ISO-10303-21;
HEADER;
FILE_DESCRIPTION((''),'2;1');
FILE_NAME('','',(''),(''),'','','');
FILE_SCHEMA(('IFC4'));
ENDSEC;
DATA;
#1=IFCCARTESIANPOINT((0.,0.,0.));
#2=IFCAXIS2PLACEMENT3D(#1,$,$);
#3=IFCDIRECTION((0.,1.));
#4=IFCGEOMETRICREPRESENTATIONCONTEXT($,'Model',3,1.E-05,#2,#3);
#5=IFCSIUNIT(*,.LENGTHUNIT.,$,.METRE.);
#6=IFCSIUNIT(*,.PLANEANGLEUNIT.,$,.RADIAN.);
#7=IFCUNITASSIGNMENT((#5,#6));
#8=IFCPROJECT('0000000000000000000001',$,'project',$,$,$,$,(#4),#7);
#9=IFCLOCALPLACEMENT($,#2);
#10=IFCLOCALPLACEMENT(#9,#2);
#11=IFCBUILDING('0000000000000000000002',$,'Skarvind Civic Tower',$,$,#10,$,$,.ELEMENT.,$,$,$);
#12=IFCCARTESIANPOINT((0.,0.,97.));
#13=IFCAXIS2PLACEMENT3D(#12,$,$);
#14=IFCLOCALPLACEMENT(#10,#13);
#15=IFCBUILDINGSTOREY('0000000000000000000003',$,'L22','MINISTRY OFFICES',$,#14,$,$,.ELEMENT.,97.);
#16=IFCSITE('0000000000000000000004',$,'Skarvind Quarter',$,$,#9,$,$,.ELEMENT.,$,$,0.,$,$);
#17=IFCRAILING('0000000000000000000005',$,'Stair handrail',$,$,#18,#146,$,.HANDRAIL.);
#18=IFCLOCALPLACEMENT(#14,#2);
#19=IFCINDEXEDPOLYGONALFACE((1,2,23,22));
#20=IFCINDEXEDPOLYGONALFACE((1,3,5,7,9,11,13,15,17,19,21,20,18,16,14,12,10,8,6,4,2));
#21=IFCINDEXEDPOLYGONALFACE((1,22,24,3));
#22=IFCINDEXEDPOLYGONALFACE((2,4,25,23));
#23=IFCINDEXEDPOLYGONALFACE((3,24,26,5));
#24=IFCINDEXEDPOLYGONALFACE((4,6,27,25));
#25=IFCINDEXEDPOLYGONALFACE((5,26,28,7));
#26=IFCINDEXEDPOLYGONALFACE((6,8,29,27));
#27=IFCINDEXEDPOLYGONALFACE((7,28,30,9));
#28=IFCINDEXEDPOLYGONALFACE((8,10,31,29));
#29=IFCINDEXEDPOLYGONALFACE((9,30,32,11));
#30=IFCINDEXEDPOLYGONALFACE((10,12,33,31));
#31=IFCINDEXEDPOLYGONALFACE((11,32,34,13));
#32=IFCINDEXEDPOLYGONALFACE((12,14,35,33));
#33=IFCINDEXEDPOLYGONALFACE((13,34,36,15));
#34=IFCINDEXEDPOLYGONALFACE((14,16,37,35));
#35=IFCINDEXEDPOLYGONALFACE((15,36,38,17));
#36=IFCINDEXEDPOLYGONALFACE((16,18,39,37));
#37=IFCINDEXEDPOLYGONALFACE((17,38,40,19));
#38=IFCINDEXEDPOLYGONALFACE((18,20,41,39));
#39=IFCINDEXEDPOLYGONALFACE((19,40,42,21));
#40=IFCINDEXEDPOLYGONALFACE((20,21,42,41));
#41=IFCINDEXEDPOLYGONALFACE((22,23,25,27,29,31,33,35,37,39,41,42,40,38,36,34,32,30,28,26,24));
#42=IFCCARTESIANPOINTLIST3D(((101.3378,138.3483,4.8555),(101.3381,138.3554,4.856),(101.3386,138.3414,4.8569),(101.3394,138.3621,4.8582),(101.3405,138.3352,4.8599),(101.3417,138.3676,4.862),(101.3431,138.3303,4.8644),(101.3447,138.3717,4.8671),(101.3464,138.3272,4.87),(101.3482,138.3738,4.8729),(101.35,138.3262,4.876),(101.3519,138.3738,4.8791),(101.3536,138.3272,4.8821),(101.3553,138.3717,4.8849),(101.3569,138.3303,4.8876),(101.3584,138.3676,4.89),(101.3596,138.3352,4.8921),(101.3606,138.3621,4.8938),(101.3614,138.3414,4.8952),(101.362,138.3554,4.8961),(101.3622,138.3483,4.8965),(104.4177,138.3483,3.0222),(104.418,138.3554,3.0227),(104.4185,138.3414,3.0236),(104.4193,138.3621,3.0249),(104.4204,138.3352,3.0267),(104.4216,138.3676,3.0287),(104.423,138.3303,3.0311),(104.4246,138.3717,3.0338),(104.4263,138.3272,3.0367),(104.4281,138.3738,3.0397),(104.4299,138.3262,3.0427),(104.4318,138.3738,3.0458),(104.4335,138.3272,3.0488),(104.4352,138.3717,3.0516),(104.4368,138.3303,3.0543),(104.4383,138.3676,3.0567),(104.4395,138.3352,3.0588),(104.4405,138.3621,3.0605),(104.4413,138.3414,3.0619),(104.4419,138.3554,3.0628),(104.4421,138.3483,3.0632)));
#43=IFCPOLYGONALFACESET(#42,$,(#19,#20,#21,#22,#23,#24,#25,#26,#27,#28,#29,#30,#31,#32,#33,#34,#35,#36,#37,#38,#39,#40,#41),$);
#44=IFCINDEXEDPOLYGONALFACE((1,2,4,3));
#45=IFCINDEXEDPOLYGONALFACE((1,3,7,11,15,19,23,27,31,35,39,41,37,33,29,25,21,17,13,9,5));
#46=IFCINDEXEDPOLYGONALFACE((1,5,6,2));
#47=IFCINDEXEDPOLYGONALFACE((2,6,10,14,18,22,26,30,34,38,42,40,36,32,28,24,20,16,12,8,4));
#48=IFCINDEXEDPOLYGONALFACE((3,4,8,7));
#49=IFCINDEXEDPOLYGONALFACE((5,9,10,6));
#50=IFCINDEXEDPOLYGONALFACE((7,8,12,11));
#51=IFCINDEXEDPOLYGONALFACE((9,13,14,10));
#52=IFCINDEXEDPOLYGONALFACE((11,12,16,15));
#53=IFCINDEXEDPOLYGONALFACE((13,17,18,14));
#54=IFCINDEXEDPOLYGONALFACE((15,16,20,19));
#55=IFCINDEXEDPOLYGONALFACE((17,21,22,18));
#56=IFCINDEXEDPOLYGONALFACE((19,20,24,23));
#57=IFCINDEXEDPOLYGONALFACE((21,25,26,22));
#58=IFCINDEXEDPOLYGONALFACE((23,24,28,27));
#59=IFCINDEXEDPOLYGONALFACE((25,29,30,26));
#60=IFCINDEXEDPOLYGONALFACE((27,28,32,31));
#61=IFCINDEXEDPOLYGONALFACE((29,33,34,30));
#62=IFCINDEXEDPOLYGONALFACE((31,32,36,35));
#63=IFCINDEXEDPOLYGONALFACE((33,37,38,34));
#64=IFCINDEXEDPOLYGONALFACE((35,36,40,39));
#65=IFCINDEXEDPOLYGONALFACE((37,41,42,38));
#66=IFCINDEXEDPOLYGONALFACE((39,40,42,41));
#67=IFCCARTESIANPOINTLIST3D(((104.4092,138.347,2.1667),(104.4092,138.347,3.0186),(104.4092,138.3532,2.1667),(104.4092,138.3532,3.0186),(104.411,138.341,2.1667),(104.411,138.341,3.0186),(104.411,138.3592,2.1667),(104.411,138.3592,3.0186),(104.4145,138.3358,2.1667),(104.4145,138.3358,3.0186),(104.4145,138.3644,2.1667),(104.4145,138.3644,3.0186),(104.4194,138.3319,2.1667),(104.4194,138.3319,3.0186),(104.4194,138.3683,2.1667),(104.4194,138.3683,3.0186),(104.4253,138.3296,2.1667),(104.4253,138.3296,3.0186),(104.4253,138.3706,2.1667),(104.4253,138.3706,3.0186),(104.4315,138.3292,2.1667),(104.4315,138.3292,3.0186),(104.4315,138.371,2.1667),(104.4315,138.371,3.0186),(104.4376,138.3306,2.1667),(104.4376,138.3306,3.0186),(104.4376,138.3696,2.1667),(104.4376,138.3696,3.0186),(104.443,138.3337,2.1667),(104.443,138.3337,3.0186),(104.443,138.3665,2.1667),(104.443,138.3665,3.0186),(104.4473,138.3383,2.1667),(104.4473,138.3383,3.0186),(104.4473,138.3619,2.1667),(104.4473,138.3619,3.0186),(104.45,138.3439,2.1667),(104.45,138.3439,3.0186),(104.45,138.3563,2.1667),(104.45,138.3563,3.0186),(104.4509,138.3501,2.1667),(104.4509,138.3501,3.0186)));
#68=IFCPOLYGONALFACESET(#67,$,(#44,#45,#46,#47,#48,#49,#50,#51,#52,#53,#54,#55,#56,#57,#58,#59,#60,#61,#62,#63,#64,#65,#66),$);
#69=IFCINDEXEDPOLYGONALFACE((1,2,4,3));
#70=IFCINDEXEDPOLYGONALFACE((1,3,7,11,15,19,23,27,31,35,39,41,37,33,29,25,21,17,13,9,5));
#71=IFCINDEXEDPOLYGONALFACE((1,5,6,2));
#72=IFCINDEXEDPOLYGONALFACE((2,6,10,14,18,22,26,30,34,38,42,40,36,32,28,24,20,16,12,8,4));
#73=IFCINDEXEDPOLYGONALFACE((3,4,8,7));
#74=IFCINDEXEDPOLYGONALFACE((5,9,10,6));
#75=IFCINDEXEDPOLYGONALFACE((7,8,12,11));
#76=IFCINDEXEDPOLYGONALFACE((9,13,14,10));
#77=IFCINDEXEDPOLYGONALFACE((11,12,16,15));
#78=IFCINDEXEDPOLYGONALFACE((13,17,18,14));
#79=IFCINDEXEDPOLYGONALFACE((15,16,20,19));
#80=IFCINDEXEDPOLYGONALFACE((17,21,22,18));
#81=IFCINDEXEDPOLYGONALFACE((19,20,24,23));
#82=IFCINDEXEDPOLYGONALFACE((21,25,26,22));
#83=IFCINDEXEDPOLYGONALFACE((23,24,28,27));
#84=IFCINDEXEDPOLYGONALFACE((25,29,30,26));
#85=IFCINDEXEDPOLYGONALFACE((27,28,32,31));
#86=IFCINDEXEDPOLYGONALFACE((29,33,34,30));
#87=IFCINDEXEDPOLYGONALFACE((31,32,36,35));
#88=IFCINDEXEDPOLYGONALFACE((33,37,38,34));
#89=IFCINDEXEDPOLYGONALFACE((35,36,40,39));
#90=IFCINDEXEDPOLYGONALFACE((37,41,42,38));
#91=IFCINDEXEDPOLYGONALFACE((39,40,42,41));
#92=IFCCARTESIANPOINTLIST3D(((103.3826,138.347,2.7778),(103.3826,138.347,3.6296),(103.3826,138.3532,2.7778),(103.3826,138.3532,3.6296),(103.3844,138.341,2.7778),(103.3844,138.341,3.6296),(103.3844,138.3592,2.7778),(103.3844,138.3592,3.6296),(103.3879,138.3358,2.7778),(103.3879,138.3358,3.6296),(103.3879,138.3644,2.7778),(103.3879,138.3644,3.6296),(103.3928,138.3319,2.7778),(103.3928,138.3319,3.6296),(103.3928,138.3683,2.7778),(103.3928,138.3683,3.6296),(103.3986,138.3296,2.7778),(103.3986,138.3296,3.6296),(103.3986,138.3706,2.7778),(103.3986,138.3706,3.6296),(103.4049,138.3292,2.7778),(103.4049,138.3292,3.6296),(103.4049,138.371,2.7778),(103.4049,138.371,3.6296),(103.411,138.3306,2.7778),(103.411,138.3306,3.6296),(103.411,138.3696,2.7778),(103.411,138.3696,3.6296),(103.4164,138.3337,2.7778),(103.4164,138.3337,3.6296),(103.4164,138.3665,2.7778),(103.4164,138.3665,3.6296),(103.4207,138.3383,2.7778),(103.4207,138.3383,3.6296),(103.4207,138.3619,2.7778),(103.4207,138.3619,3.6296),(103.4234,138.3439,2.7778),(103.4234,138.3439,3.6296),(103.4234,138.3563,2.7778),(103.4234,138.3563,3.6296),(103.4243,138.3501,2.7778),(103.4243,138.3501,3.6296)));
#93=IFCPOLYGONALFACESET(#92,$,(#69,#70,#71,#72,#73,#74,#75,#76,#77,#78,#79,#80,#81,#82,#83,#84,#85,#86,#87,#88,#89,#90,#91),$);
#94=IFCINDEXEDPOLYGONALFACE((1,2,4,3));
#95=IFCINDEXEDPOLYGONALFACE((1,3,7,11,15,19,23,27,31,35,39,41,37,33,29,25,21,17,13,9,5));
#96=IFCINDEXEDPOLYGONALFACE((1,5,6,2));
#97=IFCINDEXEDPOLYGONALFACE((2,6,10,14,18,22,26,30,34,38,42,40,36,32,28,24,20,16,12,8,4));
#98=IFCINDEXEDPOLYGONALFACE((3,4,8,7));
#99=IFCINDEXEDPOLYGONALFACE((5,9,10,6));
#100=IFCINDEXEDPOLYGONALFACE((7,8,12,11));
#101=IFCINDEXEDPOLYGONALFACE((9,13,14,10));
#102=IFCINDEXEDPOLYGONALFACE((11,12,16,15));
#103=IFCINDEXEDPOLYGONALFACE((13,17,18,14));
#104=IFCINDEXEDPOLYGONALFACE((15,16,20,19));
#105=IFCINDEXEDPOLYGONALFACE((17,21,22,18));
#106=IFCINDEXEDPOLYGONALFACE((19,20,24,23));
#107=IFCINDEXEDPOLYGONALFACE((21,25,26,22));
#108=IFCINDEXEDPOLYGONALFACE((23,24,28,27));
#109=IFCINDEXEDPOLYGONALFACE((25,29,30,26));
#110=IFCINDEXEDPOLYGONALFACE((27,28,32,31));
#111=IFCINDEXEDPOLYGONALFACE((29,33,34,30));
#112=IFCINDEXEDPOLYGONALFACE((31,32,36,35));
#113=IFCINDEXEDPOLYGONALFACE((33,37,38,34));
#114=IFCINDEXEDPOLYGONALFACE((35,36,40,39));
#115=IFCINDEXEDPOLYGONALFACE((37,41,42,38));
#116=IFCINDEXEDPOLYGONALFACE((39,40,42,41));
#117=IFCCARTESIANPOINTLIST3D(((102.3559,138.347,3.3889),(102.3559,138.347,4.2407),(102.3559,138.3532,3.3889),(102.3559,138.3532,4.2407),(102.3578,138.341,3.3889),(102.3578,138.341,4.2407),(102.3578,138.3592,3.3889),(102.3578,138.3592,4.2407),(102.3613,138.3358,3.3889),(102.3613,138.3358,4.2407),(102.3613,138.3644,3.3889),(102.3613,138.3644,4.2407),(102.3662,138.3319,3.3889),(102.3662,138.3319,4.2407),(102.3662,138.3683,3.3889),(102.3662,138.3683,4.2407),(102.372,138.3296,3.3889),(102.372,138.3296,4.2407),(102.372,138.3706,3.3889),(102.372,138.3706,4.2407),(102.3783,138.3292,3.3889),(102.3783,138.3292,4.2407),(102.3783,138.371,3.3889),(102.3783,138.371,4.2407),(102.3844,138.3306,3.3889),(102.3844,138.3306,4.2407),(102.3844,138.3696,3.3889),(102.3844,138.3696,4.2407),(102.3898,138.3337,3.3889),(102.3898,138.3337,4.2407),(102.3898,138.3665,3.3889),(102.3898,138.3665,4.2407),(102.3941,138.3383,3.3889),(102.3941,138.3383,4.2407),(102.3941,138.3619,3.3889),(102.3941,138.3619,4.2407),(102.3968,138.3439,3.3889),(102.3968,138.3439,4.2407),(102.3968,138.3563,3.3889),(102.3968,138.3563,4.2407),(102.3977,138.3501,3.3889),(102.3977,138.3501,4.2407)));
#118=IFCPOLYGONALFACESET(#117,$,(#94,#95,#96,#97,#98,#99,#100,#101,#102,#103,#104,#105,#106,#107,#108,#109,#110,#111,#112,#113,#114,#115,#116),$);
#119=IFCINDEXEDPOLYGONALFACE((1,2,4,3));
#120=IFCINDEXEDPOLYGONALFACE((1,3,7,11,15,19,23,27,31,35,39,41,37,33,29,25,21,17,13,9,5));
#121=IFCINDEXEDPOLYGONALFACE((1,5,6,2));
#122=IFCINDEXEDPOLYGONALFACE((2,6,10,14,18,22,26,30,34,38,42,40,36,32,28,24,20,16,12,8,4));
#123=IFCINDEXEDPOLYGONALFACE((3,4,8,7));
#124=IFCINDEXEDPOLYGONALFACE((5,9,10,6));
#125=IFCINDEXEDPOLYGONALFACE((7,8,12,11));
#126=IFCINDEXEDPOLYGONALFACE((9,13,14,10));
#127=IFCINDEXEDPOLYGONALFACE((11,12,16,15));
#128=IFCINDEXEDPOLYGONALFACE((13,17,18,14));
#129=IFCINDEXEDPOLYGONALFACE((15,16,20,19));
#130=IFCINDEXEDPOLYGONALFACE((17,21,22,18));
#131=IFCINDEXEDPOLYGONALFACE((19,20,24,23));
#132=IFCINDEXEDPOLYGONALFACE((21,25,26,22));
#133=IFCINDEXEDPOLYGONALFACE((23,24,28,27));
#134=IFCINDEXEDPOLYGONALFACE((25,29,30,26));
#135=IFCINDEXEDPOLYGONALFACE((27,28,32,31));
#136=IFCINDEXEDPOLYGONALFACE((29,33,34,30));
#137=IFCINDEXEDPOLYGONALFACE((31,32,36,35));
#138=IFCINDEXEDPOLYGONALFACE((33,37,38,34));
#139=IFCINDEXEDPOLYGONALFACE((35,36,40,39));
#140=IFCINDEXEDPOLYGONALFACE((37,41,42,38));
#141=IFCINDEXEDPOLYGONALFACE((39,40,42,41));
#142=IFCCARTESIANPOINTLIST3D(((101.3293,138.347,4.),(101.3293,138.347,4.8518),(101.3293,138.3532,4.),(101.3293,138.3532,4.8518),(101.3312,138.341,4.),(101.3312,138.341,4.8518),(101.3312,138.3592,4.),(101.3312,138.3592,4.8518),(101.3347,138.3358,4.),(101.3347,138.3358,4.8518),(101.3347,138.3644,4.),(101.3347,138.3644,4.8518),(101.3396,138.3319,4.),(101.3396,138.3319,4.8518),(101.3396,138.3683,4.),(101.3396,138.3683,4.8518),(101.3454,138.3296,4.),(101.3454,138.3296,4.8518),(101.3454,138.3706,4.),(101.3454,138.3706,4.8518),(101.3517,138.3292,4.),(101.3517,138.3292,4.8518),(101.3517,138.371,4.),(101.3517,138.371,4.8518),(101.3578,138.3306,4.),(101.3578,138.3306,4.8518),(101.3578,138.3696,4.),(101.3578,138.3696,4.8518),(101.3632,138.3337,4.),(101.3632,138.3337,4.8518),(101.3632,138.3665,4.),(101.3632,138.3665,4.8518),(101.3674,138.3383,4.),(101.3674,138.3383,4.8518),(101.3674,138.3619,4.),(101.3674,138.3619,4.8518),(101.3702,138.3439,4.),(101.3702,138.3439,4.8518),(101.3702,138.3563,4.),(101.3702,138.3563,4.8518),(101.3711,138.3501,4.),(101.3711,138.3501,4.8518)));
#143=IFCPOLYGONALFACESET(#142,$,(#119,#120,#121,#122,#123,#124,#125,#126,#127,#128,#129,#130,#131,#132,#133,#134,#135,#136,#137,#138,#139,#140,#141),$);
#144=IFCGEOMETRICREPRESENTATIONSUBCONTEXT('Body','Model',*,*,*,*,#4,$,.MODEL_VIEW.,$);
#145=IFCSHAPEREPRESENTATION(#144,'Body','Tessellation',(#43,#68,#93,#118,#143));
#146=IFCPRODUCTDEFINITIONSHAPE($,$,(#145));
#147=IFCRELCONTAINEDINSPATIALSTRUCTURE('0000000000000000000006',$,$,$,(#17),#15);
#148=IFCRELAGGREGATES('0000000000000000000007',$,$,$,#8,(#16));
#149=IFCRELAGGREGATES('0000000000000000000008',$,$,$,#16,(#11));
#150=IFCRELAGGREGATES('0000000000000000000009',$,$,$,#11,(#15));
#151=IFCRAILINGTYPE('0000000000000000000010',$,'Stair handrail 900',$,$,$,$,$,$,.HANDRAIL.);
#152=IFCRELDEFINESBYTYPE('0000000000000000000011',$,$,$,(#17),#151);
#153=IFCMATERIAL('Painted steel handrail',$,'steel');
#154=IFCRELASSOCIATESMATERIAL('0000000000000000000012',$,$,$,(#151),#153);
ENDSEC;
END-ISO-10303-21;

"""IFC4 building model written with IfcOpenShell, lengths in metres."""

from ifc_helpers import new_model, si_unit, direction, frame, origin, origin_2d, place, context, subcontext, project, spatial, circle, extrude, material, type_object, element, save


model = new_model("IFC4")

# Units and contexts
model_context = context("Model", 3, precision=1e-05, world=origin(), true_north=direction((0.0, 1.0)))
body_context = subcontext(model_context, "Body", "Model", "MODEL_VIEW")
ifc_project = project(units=[si_unit("LENGTHUNIT", "METRE"), si_unit("PLANEANGLEUNIT", "RADIAN")], contexts=[model_context])

# Site, building, storey
site_placement = place(None, origin())
site = spatial("IfcSite", under=ifc_project, at=site_placement, Name="Skarvind Quarter", CompositionType="ELEMENT", RefElevation=0.0)
building_placement = place(site_placement, origin())
building = spatial("IfcBuilding", under=site, at=building_placement, Name="Skarvind Civic Tower", CompositionType="ELEMENT")
storey_placement = place(building_placement, frame((0.0, 0.0, 97.0)))
storey = spatial("IfcBuildingStorey", under=building, at=storey_placement, Name="L22", Description="MINISTRY OFFICES", CompositionType="ELEMENT", Elevation=97.0)

# Railing
ifc_material_1 = material(Name="Painted steel handrail", Category="steel")
railing_type = type_object("IfcRailingType", Name="Stair handrail 900", PredefinedType="HANDRAIL", material=ifc_material_1)
railing_1_placement = place(storey_placement, frame((104.4299, 138.3501, 2.1667)))
element("IfcRailing", 1, at=railing_1_placement, inside=storey, type_object=railing_type, Name="Stair handrail", PredefinedType="HANDRAIL", context=body_context, shape_type="SweptSolid", body=[
    extrude(circle(Radius=0.0239, at=origin_2d()), frame((0.0, 0.0, 0.876), z_axis=(-0.859291, 0.0, 0.511487), x_axis=(0.0, -1.0, 0.0)), (0.0, 0.0, 1.0), 3.5842),
    extrude(circle(Radius=0.021, at=origin_2d()), origin(), (0.0, 0.0, 1.0), 0.8518),
    extrude(circle(Radius=0.021, at=origin_2d()), frame((-1.0266, 0.0, 0.6111)), (0.0, 0.0, 1.0), 0.8518),
    extrude(circle(Radius=0.021, at=origin_2d()), frame((-2.0532, 0.0, 1.2222)), (0.0, 0.0, 1.0), 0.8518),
    extrude(circle(Radius=0.021, at=origin_2d()), frame((-3.0798, 0.0, 1.8333)), (0.0, 0.0, 1.0), 0.8518),
])

save(model, "model.ifc")
